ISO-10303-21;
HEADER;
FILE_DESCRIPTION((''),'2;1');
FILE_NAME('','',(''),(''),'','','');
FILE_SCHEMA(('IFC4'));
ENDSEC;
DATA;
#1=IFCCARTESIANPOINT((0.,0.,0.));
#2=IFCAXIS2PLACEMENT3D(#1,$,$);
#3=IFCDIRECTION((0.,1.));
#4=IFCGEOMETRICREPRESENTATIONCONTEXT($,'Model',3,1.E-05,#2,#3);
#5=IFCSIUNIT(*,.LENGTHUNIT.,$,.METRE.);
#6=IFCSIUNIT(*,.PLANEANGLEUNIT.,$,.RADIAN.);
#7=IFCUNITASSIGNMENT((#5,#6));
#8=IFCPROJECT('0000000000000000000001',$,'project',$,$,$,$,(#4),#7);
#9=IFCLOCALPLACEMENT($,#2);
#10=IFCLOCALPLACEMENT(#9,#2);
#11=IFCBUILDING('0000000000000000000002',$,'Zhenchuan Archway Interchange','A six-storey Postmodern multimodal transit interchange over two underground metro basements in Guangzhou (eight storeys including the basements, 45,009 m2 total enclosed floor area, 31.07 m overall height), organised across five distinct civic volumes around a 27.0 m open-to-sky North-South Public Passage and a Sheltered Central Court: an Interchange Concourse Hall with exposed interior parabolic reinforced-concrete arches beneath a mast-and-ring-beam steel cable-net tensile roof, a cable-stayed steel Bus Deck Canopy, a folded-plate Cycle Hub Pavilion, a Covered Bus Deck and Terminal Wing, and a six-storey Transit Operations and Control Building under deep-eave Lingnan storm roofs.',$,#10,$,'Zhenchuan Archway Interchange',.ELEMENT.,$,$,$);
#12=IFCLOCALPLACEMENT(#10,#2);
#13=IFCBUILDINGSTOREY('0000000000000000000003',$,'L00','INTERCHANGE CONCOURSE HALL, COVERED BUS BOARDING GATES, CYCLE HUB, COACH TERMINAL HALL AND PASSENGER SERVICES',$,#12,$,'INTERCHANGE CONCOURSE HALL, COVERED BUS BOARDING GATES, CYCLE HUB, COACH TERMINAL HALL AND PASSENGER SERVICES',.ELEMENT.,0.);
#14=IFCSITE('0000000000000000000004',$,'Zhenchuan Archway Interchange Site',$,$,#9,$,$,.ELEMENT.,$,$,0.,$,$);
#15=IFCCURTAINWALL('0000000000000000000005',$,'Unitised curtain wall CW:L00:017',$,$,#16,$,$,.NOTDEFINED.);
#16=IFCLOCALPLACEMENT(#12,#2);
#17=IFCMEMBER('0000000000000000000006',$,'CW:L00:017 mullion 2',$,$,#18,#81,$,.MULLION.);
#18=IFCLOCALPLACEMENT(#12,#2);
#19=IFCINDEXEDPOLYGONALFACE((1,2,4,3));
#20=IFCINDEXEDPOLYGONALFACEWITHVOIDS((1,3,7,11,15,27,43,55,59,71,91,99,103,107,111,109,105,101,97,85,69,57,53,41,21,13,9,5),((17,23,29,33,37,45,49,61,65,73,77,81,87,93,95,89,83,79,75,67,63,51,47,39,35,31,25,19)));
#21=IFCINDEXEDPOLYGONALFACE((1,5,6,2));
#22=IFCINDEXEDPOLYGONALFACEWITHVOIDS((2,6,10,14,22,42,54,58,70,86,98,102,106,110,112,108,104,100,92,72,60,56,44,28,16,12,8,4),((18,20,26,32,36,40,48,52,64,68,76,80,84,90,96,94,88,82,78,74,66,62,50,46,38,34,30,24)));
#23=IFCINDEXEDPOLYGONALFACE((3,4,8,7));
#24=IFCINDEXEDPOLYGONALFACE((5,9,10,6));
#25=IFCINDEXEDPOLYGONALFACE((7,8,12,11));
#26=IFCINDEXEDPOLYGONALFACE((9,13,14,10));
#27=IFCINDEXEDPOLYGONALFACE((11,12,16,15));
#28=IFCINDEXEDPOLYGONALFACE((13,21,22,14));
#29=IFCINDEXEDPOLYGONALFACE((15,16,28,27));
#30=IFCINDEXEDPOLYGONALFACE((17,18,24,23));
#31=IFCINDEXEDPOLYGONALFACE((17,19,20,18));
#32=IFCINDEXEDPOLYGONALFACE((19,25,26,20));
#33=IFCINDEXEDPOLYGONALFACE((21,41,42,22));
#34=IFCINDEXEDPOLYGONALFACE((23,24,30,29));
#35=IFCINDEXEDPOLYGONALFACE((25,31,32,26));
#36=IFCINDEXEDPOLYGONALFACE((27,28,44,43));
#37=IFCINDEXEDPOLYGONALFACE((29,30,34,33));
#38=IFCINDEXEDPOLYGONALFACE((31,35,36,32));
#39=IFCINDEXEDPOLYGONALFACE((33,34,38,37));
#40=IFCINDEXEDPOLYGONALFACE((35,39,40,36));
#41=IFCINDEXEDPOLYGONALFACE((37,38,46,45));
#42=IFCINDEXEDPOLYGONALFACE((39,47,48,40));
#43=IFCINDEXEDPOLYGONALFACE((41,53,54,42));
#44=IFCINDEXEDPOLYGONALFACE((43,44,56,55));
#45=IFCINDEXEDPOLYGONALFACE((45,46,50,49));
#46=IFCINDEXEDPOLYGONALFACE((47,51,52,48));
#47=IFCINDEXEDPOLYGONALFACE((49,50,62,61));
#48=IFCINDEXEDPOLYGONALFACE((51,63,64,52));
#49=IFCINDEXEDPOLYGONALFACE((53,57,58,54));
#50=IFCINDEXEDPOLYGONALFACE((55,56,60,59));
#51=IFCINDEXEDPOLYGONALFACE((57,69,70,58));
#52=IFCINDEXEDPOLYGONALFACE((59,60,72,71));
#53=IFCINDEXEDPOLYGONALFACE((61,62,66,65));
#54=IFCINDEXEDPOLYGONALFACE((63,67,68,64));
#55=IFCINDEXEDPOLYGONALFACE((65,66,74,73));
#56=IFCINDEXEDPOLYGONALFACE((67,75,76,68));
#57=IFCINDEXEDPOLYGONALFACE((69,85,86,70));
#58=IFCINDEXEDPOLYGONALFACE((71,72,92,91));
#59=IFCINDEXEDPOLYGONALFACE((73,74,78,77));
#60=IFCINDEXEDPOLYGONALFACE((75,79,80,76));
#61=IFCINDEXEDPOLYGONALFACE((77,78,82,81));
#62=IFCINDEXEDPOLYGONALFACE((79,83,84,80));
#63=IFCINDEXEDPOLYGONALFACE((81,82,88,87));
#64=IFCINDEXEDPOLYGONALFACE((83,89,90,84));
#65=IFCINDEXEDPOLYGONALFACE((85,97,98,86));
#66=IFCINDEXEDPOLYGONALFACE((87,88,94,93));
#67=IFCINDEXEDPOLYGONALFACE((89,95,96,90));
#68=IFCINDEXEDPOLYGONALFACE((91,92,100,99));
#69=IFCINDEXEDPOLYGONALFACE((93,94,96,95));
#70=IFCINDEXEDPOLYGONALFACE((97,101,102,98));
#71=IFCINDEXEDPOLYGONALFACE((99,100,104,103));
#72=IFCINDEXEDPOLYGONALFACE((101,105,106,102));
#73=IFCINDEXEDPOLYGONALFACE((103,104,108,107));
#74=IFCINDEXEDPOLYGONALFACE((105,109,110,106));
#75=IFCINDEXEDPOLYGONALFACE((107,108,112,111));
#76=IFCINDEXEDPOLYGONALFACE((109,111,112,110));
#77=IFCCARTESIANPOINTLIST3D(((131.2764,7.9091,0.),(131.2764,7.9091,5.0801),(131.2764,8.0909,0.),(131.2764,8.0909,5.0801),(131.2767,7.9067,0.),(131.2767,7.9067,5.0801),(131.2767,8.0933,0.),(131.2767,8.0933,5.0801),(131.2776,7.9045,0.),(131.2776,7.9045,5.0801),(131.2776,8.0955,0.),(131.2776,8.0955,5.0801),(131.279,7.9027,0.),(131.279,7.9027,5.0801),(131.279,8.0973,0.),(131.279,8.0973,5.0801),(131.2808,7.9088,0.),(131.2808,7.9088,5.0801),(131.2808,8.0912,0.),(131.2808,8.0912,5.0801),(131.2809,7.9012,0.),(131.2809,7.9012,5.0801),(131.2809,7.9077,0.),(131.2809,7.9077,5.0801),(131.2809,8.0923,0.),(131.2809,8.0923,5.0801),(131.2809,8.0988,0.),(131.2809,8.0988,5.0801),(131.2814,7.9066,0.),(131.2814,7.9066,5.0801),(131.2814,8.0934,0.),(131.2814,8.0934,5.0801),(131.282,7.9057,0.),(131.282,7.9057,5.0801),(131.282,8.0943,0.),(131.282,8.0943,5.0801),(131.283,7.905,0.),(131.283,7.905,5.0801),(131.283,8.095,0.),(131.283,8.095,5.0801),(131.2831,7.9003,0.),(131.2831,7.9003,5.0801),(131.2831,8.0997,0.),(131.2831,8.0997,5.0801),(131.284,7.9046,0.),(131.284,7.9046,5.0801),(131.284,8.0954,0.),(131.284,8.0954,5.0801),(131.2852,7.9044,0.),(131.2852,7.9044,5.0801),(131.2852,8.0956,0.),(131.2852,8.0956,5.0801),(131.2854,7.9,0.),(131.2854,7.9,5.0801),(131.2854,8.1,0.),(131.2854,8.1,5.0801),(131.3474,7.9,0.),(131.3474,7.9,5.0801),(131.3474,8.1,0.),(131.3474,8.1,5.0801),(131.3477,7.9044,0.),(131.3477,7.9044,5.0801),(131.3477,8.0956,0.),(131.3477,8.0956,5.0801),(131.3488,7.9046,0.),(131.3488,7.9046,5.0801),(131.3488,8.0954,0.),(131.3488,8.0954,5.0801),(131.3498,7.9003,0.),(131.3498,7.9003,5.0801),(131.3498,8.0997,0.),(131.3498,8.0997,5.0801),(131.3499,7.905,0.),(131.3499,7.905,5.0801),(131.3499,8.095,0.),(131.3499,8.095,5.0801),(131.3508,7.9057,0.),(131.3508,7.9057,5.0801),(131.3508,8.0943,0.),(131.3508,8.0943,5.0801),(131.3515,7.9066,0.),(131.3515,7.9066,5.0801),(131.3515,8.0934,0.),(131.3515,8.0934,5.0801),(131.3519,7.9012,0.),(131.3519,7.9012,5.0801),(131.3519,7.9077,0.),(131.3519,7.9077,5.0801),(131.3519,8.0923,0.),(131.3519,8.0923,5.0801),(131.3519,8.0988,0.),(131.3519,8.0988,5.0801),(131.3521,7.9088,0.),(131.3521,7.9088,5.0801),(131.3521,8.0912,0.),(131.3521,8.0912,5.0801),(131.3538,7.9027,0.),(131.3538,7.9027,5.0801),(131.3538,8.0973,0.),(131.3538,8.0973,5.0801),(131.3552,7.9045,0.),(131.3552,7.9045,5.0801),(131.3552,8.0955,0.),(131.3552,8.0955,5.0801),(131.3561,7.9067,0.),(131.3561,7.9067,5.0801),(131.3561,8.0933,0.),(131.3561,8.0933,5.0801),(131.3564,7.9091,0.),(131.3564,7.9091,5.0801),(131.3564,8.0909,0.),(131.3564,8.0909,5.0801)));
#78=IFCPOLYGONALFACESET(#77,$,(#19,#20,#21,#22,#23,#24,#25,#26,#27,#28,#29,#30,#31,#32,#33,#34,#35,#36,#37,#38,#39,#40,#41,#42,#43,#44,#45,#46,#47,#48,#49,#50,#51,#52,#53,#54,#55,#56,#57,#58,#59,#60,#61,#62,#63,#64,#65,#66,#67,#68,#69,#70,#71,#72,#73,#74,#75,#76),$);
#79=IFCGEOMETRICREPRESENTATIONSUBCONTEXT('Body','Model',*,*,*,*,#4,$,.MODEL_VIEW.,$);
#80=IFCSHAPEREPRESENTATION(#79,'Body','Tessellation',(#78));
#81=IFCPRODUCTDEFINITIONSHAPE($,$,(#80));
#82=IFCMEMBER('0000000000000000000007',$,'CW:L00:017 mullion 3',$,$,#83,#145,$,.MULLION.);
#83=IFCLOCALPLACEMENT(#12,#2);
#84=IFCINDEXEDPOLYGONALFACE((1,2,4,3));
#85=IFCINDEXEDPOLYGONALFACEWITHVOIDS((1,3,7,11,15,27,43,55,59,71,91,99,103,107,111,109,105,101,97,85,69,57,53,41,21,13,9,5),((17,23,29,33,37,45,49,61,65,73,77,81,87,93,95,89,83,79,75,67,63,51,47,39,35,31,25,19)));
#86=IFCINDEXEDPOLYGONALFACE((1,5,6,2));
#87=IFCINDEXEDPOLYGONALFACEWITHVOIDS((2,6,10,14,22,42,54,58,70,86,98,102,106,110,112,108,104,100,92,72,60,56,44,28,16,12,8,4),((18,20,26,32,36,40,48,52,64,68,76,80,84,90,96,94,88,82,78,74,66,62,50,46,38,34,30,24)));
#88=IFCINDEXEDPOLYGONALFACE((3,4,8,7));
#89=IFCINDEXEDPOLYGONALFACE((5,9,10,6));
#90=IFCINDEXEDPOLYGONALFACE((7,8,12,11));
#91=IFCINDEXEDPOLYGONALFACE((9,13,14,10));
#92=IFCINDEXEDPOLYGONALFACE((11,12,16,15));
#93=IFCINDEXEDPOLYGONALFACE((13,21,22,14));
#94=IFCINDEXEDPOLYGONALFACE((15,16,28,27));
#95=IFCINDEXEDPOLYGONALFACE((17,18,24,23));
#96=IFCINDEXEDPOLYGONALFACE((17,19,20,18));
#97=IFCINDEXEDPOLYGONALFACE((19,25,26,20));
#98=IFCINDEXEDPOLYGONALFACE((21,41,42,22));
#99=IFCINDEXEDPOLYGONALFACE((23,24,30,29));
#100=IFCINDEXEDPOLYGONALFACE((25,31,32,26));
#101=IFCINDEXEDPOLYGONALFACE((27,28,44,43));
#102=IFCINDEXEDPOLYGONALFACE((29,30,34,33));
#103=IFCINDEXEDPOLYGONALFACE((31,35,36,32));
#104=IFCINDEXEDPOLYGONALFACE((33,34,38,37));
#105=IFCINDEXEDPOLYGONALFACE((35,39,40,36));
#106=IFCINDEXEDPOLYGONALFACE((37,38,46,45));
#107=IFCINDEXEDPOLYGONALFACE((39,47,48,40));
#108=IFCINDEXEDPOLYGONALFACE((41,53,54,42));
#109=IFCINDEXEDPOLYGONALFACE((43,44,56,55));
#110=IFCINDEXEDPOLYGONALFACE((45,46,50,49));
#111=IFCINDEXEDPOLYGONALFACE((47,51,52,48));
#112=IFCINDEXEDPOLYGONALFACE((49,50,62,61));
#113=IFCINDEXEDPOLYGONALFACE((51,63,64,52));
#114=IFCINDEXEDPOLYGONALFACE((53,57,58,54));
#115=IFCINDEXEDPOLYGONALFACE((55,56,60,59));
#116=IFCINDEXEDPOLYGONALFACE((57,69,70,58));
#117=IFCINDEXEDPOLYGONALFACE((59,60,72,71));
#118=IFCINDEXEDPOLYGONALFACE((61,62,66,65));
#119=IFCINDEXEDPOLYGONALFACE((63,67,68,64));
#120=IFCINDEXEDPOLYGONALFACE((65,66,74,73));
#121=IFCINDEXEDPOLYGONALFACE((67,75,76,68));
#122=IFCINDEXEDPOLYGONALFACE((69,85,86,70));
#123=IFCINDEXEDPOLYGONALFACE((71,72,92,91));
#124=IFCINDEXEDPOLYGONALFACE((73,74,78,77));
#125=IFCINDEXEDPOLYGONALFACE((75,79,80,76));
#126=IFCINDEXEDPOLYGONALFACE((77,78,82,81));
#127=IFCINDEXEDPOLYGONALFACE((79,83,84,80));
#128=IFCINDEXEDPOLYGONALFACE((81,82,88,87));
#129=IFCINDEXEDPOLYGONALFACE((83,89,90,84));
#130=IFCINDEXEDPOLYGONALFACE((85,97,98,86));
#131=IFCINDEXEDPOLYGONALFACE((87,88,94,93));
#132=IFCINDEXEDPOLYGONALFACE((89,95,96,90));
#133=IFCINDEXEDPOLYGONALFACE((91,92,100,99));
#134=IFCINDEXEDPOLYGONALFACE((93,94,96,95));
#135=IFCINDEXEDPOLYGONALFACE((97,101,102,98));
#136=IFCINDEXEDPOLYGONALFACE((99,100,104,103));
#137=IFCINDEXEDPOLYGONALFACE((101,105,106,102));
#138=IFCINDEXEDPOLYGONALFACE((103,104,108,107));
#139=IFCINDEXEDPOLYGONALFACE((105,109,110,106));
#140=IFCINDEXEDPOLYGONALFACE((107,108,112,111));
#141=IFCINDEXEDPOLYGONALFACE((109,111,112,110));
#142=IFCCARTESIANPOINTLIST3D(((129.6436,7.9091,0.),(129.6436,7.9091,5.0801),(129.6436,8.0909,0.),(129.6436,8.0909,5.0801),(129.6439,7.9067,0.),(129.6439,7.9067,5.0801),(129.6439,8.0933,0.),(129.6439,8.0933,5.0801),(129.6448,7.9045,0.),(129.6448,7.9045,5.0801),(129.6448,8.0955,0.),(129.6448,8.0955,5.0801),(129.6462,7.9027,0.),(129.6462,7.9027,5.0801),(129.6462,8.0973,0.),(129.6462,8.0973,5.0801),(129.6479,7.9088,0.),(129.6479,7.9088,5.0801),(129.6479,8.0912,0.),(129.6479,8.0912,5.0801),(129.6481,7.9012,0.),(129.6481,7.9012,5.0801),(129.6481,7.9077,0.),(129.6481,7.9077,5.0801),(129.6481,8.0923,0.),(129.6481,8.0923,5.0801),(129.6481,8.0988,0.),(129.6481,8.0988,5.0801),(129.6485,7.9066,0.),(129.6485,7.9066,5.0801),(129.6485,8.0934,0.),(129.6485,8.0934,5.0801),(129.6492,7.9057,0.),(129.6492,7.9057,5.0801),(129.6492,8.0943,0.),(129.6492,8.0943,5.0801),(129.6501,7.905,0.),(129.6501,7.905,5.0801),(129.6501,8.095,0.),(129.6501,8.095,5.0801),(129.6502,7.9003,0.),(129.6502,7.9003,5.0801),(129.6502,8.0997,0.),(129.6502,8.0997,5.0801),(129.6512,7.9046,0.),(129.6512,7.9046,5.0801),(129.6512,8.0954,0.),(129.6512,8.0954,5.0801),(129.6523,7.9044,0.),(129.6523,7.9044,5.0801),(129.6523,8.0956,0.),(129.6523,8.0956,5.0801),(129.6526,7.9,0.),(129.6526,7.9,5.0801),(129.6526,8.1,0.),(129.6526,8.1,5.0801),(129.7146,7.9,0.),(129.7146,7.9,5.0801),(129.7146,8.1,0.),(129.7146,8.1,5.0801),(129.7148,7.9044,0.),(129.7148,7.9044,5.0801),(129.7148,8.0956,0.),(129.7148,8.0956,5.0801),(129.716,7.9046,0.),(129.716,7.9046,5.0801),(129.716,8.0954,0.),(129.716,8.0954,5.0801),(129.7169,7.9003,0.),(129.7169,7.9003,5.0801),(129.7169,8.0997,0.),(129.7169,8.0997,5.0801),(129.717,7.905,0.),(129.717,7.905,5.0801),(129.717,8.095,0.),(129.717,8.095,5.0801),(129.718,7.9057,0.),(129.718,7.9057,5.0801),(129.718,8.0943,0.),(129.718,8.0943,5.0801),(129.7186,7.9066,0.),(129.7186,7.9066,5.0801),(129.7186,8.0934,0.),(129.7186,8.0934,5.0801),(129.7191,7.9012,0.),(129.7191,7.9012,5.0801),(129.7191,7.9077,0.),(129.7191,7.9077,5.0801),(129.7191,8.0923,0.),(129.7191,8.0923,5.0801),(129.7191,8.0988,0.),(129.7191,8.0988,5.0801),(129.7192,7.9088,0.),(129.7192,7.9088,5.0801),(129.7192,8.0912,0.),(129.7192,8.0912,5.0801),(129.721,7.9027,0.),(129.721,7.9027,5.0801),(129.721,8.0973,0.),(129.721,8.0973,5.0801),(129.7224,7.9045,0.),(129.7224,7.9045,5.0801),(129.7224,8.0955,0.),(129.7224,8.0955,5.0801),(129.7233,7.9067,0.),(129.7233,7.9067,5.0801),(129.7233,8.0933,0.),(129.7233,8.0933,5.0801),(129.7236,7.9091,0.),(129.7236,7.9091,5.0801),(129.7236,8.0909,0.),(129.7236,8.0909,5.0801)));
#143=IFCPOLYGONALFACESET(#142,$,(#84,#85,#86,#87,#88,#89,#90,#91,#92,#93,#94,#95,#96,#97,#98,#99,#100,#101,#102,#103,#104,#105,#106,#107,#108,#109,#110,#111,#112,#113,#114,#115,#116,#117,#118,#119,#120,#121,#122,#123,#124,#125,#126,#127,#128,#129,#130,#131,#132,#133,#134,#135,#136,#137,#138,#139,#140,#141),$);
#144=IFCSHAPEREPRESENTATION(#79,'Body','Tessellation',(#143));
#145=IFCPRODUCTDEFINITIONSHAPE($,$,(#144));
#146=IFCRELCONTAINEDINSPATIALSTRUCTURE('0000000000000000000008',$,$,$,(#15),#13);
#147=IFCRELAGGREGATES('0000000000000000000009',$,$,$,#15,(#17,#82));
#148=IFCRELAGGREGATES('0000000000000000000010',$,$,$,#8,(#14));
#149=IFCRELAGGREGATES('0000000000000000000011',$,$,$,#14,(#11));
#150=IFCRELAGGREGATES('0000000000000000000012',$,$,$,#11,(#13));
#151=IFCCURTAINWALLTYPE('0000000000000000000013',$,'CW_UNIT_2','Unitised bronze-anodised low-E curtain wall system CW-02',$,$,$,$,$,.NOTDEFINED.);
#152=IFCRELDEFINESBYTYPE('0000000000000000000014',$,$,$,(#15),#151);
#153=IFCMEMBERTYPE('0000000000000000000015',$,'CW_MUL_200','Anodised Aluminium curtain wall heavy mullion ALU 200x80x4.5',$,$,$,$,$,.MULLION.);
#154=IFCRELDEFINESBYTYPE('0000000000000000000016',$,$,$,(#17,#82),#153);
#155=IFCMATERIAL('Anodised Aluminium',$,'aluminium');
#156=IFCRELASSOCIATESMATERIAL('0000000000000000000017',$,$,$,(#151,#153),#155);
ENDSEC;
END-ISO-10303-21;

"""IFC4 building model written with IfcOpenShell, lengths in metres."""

from ifc_helpers import new_model, si_unit, direction, frame, origin, origin_2d, place, context, subcontext, project, spatial, hollow_rectangle, extrude, material, material_profile, profile_set, type_object, element, aggregate, save


model = new_model("IFC4")

# Units and contexts
model_context = context("Model", 3, precision=1e-05, world=origin(), true_north=direction((0.0, 1.0)))
body_context = subcontext(model_context, "Body", "Model", "MODEL_VIEW")
ifc_project = project(units=[si_unit("LENGTHUNIT", "METRE"), si_unit("PLANEANGLEUNIT", "RADIAN")], contexts=[model_context])

# Site, building, storey
site_placement = place(None, origin())
site = spatial("IfcSite", under=ifc_project, at=site_placement, Name="Zhenchuan Archway Interchange Site", CompositionType="ELEMENT", RefElevation=0.0)
building_placement = place(site_placement, origin())
building = spatial("IfcBuilding", under=site, at=building_placement, Name="Zhenchuan Archway Interchange", Description="A six-storey Postmodern multimodal transit interchange over two underground metro basements in Guangzhou (eight storeys including the basements, 45,009 m2 total enclosed floor area, 31.07 m overall height), organised across five distinct civic volumes around a 27.0 m open-to-sky North-South Public Passage and a Sheltered Central Court: an Interchange Concourse Hall with exposed interior parabolic reinforced-concrete arches beneath a mast-and-ring-beam steel cable-net tensile roof, a cable-stayed steel Bus Deck Canopy, a folded-plate Cycle Hub Pavilion, a Covered Bus Deck and Terminal Wing, and a six-storey Transit Operations and Control Building under deep-eave Lingnan storm roofs.", LongName="Zhenchuan Archway Interchange", CompositionType="ELEMENT")
storey_placement = place(building_placement, origin())
storey = spatial("IfcBuildingStorey", under=building, at=storey_placement, Name="L00", Description="INTERCHANGE CONCOURSE HALL, COVERED BUS BOARDING GATES, CYCLE HUB, COACH TERMINAL HALL AND PASSENGER SERVICES", LongName="INTERCHANGE CONCOURSE HALL, COVERED BUS BOARDING GATES, CYCLE HUB, COACH TERMINAL HALL AND PASSENGER SERVICES", CompositionType="ELEMENT", Elevation=0.0)

# Curtain wall, members
ifc_material_1 = material(Name="Anodised Aluminium", Category="aluminium")
curtain_wall_type = type_object("IfcCurtainWallType", Name="CW_UNIT_2", Description="Unitised bronze-anodised low-E curtain wall system CW-02", PredefinedType="NOTDEFINED", material=ifc_material_1)
curtain_wall_placement = place(storey_placement, origin())
curtain_wall = element("IfcCurtainWall", 1, at=curtain_wall_placement, inside=storey, type_object=curtain_wall_type, Name="Unitised curtain wall CW:L00:017", PredefinedType="NOTDEFINED")
ifc_material_profile_1 = material_profile(ifc_material_1, hollow_rectangle(XDim=0.0801, YDim=0.2, WallThickness=0.0044, InnerFilletRadius=0.0044, OuterFilletRadius=0.009, at=origin_2d()), Name="ALU 200x80x4.5")
ifc_profile_set_1 = profile_set([ifc_material_profile_1], Name="Anodised Aluminium")
member_type_1 = type_object("IfcMemberType", Name="CW_MUL_200", Description="Anodised Aluminium curtain wall heavy mullion ALU 200x80x4.5", PredefinedType="MULLION", material=ifc_profile_set_1)
member_1_placement = place(storey_placement, frame((131.3164, 8.0, 0.0), z_axis=(0.0, 0.0, 1.0), x_axis=(1.0, 0.0, 0.0)))
member_1 = element("IfcMember", 2, at=member_1_placement, type_object=member_type_1, Name="CW:L00:017 mullion 2", PredefinedType="MULLION", context=body_context, shape_type="SweptSolid", body=[
    extrude(hollow_rectangle(XDim=0.0801, YDim=0.2, WallThickness=0.0044, InnerFilletRadius=0.0044, OuterFilletRadius=0.009, at=origin_2d()), origin(), (0.0, 0.0, 1.0), 5.0801),
])
member_2_placement = place(storey_placement, frame((129.6836, 8.0, 0.0), z_axis=(0.0, 0.0, 1.0), x_axis=(1.0, 0.0, 0.0)))
member_2 = element("IfcMember", 3, at=member_2_placement, type_object=member_type_1, Name="CW:L00:017 mullion 3", PredefinedType="MULLION", context=body_context, shape_type="SweptSolid", body=[
    extrude(hollow_rectangle(XDim=0.0801, YDim=0.2, WallThickness=0.0044, InnerFilletRadius=0.0044, OuterFilletRadius=0.009, at=origin_2d()), origin(), (0.0, 0.0, 1.0), 5.0801),
])

aggregate(curtain_wall, [member_1, member_2])

save(model, "model.ifc")
